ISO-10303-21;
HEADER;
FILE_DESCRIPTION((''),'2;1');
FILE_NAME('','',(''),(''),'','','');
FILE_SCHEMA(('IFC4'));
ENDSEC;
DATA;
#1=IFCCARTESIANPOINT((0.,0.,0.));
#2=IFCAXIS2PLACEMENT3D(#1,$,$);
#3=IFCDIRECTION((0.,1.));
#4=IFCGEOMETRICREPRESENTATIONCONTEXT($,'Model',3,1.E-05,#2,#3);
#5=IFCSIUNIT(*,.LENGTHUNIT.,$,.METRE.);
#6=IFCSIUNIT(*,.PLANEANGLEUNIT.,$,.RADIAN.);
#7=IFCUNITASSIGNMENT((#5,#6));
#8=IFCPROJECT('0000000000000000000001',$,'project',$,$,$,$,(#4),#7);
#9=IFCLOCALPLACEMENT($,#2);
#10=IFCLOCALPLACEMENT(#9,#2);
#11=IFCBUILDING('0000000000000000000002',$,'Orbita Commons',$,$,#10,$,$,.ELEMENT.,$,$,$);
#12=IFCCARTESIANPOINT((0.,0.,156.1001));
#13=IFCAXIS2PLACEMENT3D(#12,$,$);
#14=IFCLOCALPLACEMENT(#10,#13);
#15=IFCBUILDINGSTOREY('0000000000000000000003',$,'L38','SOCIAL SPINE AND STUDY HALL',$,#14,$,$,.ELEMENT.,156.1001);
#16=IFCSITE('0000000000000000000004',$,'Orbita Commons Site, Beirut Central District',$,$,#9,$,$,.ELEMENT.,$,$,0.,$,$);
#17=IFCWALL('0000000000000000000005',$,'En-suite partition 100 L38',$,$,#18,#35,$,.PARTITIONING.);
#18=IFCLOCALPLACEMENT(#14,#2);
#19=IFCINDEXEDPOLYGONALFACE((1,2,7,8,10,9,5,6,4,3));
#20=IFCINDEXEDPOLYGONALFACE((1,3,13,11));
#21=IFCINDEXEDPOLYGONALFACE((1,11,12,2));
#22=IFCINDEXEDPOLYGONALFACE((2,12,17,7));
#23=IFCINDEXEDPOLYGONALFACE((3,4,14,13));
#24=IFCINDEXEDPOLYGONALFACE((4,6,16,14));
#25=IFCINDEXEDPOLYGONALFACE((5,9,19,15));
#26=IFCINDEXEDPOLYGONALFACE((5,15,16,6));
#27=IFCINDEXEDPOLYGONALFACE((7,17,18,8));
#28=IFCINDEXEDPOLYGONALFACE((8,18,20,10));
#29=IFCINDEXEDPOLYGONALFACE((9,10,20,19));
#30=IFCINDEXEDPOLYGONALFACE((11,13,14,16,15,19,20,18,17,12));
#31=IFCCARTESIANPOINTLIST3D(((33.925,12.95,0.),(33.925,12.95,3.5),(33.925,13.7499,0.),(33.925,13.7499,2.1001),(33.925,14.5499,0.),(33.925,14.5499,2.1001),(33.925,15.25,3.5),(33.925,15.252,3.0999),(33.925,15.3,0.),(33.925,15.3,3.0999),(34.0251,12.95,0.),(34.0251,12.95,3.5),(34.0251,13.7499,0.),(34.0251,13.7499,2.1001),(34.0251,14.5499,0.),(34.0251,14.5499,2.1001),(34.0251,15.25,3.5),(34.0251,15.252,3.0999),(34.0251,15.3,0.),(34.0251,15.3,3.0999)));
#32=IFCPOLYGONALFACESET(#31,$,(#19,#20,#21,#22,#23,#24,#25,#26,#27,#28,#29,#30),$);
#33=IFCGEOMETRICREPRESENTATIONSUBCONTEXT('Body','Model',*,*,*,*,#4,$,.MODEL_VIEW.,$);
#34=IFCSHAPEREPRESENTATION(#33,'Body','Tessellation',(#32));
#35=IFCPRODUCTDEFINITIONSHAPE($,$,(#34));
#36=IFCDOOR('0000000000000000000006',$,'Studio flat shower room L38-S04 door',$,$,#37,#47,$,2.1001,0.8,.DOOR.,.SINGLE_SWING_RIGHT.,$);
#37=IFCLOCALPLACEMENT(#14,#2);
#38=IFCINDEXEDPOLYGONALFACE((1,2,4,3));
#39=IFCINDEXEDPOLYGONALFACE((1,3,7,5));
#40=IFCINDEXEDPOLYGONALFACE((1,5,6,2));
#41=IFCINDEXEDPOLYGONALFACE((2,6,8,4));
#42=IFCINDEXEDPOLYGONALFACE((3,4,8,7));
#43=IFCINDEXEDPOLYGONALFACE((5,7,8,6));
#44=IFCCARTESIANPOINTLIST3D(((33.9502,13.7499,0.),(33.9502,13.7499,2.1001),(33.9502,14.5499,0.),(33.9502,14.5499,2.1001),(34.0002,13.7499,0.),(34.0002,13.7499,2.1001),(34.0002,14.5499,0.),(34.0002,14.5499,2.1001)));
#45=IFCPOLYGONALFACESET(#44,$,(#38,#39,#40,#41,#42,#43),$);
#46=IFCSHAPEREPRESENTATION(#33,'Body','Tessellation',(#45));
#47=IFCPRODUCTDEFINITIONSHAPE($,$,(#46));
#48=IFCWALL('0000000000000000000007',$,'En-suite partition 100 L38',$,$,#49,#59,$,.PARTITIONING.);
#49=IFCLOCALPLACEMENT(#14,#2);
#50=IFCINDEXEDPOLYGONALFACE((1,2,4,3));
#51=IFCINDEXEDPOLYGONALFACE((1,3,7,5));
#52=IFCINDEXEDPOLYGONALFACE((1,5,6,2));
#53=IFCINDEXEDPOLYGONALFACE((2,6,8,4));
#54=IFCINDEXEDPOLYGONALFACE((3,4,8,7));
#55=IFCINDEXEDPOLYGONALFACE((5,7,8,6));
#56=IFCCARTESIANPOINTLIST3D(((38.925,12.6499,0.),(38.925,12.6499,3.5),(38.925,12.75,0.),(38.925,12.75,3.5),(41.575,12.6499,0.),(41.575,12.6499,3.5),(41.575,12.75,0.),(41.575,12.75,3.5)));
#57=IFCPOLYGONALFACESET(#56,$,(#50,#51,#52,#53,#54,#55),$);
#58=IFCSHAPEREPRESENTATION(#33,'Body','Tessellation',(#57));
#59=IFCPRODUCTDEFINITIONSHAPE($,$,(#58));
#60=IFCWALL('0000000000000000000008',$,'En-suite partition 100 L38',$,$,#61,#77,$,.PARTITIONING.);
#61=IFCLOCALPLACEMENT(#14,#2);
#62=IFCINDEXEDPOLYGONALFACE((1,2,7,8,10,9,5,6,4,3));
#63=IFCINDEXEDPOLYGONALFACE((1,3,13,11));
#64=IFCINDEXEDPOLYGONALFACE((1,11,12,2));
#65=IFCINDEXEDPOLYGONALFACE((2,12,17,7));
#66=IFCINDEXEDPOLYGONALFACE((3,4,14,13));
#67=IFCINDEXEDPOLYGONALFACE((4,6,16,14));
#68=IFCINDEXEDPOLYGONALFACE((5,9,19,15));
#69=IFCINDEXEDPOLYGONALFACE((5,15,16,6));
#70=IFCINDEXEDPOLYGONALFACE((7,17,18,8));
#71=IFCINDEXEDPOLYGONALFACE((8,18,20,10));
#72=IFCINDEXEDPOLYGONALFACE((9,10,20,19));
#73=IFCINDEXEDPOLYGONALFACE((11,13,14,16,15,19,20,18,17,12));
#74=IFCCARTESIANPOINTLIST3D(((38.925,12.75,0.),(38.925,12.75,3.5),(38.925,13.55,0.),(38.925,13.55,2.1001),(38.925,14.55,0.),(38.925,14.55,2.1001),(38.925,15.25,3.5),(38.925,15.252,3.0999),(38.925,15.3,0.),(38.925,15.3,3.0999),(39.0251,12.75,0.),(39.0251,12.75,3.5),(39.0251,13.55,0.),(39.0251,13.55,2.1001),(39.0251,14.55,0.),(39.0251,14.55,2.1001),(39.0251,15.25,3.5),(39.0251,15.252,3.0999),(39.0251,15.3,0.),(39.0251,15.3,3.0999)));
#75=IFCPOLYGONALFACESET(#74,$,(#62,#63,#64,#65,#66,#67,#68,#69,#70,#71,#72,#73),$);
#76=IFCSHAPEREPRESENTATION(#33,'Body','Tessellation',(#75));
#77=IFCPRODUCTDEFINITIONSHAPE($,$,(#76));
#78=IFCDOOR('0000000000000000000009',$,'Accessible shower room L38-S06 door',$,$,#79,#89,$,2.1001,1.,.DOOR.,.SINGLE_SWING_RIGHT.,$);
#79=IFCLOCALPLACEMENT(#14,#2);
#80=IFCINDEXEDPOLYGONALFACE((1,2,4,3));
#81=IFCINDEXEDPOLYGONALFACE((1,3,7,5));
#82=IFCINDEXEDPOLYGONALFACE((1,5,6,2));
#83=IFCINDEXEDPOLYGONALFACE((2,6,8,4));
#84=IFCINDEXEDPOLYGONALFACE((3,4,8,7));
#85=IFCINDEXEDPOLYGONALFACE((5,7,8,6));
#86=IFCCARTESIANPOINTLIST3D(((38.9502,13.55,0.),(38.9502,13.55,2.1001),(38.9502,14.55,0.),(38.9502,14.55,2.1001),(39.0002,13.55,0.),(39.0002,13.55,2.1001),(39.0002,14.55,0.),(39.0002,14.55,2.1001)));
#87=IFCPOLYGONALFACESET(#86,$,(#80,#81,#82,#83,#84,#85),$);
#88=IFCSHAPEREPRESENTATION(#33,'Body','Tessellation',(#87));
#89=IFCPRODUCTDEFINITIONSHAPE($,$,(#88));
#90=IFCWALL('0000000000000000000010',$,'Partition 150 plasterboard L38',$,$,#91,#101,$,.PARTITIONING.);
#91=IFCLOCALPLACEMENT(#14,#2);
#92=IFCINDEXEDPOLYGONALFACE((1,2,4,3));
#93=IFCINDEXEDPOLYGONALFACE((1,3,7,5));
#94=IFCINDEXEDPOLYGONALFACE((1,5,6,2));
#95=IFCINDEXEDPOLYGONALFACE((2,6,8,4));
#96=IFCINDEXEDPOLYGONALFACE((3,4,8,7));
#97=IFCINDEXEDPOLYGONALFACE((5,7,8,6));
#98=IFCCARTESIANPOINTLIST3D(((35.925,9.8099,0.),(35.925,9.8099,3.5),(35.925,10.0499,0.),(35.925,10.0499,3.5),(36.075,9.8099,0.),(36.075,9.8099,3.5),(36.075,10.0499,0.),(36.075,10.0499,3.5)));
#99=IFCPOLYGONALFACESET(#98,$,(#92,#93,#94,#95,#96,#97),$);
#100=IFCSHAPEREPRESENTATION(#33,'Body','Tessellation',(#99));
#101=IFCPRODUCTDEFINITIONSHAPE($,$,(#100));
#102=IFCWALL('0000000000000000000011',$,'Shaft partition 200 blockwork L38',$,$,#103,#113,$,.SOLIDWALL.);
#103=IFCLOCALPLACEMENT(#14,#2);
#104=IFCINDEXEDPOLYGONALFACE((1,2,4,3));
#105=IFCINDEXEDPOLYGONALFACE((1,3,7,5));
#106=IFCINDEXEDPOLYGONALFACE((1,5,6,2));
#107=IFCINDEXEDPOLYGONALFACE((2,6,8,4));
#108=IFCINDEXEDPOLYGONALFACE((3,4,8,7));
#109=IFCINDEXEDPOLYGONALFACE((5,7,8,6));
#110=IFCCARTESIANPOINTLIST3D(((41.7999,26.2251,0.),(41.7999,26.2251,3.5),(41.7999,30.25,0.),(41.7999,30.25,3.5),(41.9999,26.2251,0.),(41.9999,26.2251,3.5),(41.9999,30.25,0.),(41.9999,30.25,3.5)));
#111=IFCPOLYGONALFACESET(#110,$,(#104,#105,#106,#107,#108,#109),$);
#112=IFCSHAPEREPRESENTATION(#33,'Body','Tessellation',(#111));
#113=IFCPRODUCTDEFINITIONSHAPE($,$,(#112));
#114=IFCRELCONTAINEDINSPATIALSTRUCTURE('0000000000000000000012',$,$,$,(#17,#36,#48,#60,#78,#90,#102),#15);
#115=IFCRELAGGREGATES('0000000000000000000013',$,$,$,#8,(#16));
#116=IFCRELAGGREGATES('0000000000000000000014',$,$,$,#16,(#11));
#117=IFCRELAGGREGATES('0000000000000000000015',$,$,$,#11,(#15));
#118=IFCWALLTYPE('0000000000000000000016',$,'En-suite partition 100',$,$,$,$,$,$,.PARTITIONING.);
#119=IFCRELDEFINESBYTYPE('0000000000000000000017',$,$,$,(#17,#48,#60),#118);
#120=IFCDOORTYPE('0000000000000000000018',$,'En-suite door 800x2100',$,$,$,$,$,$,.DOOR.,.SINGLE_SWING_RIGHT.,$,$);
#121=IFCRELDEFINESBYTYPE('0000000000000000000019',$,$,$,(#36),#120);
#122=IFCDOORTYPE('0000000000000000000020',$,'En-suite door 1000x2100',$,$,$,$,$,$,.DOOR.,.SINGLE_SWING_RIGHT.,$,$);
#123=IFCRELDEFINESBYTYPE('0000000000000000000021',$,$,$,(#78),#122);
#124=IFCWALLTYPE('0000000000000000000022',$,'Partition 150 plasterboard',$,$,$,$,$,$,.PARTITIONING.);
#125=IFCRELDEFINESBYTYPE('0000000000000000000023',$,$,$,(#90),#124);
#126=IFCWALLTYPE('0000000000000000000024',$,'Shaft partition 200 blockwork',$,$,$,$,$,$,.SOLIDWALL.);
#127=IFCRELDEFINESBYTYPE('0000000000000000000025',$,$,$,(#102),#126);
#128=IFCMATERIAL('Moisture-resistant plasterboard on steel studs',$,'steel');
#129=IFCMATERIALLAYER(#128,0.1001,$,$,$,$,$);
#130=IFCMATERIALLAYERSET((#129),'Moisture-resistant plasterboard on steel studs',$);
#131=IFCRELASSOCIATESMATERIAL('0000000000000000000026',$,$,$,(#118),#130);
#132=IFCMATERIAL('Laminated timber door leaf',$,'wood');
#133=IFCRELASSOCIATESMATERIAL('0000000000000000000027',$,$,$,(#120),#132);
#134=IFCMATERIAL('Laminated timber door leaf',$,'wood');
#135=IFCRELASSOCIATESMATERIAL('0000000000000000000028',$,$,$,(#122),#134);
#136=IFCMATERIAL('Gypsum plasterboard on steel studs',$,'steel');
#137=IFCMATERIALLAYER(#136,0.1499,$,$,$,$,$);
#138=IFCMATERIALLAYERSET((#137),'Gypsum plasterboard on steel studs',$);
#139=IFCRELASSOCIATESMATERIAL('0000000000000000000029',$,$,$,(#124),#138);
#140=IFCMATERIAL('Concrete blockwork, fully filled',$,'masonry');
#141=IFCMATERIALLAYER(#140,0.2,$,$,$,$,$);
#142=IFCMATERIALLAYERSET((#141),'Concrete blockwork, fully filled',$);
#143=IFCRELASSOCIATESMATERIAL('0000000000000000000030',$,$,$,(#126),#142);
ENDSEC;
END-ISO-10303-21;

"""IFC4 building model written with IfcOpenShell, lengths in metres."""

from ifc_helpers import new_model, si_unit, direction, frame, frame_2d, origin, place, context, subcontext, project, spatial, polyline, rectangle, outline, extrude, material, layer, layer_set, type_object, element, fill, save


model = new_model("IFC4")

# Units and contexts
model_context = context("Model", 3, precision=1e-05, world=origin(), true_north=direction((0.0, 1.0)))
body_context = subcontext(model_context, "Body", "Model", "MODEL_VIEW")
ifc_project = project(units=[si_unit("LENGTHUNIT", "METRE"), si_unit("PLANEANGLEUNIT", "RADIAN")], contexts=[model_context])

# Site, building, storey
site_placement = place(None, origin())
site = spatial("IfcSite", under=ifc_project, at=site_placement, Name="Orbita Commons Site, Beirut Central District", CompositionType="ELEMENT", RefElevation=0.0)
building_placement = place(site_placement, origin())
building = spatial("IfcBuilding", under=site, at=building_placement, Name="Orbita Commons", CompositionType="ELEMENT")
storey_placement = place(building_placement, frame((0.0, 0.0, 156.1001)))
storey = spatial("IfcBuildingStorey", under=building, at=storey_placement, Name="L38", Description="SOCIAL SPINE AND STUDY HALL", CompositionType="ELEMENT", Elevation=156.1001)

# Wall, opening, door
ifc_material_1 = material(Name="Moisture-resistant plasterboard on steel studs", Category="steel")
ifc_layer_1 = layer(ifc_material_1, 0.1001)
ifc_layer_set_1 = layer_set([ifc_layer_1], Name="Moisture-resistant plasterboard on steel studs")
wall_type_1 = type_object("IfcWallType", Name="En-suite partition 100", PredefinedType="PARTITIONING", material=ifc_layer_set_1)
ifc_material_2 = material(Name="Laminated timber door leaf", Category="wood")
door_type_1 = type_object("IfcDoorType", Name="En-suite door 800x2100", OperationType="SINGLE_SWING_RIGHT", PredefinedType="DOOR", material=ifc_material_2)
wall_1_placement = place(storey_placement, frame((33.9751, 12.95, 0.0), z_axis=(0.0, 0.0, 1.0), x_axis=(0.0, 1.0, 0.0)))
wall_1 = element("IfcWall", 1, at=wall_1_placement, inside=storey, type_object=wall_type_1, Name="En-suite partition 100 L38", PredefinedType="PARTITIONING", context=body_context, shape_type="SweptSolid", body=[
    extrude(outline(polyline([(0.0, 0.0), (2.3501, 0.0), (2.3501, 3.0999), (2.302, 3.0999), (2.3, 3.5), (0.0, 3.5), (0.0, 0.0)])), frame((0.0, 0.05, 0.0), z_axis=(0.0, -1.0, 0.0), x_axis=(1.0, 0.0, 0.0)), (0.0, 0.0, 1.0), 0.1001),
])
opening_1_placement = place(wall_1_placement, frame((0.8, 0.0, 0.0)))
opening_1 = element("IfcOpeningElement", 2, at=opening_1_placement, cuts=wall_1, PredefinedType="OPENING", context=body_context, shape_type="SweptSolid", body=[
    extrude(rectangle(XDim=0.8, YDim=2.1001, at=frame_2d((0.3999, 1.05))), frame((0.0, 0.0601, 0.0), z_axis=(0.0, -1.0, 0.0), x_axis=(1.0, 0.0, 0.0)), (0.0, 0.0, 1.0), 0.1201),
])
door_1_placement = place(opening_1_placement, origin())
door_1 = element("IfcDoor", 3, at=door_1_placement, inside=storey, type_object=door_type_1, Name="Studio flat shower room L38-S04 door", OperationType="SINGLE_SWING_RIGHT", OverallHeight=2.1001, OverallWidth=0.8, PredefinedType="DOOR", context=body_context, shape_type="SweptSolid", body=[
    extrude(rectangle(XDim=0.8, YDim=2.1001, at=frame_2d((0.3999, 1.05))), frame((0.0, 0.0249, 0.0), z_axis=(0.0, -1.0, 0.0), x_axis=(1.0, 0.0, 0.0)), (0.0, 0.0, 1.0), 0.05),
])
fill(opening_1, door_1)

# Wall
wall_2_placement = place(storey_placement, frame((38.925, 12.7, 0.0), z_axis=(0.0, 0.0, 1.0), x_axis=(1.0, 0.0, 0.0)))
element("IfcWall", 4, at=wall_2_placement, inside=storey, type_object=wall_type_1, Name="En-suite partition 100 L38", PredefinedType="PARTITIONING", context=body_context, shape_type="SweptSolid", body=[
    extrude(rectangle(XDim=2.6499, YDim=0.1001, at=frame_2d((1.325, 0.0))), origin(), (0.0, 0.0, 1.0), 3.5),
])

# Wall, opening, door
wall_3_placement = place(storey_placement, frame((38.9751, 12.75, 0.0), z_axis=(0.0, 0.0, 1.0), x_axis=(0.0, 1.0, 0.0)))
wall_3 = element("IfcWall", 5, at=wall_3_placement, inside=storey, type_object=wall_type_1, Name="En-suite partition 100 L38", PredefinedType="PARTITIONING", context=body_context, shape_type="SweptSolid", body=[
    extrude(outline(polyline([(0.0, 0.0), (2.55, 0.0), (2.55, 3.0999), (2.502, 3.0999), (2.5, 3.5), (0.0, 3.5), (0.0, 0.0)])), frame((0.0, 0.05, 0.0), z_axis=(0.0, -1.0, 0.0), x_axis=(1.0, 0.0, 0.0)), (0.0, 0.0, 1.0), 0.1001),
])
opening_2_placement = place(wall_3_placement, frame((0.8, 0.0, 0.0)))
opening_2 = element("IfcOpeningElement", 6, at=opening_2_placement, cuts=wall_3, PredefinedType="OPENING", context=body_context, shape_type="SweptSolid", body=[
    extrude(rectangle(XDim=1.0, YDim=2.1001, at=frame_2d((0.5, 1.05))), frame((0.0, 0.0601, 0.0), z_axis=(0.0, -1.0, 0.0), x_axis=(1.0, 0.0, 0.0)), (0.0, 0.0, 1.0), 0.1201),
])
ifc_material_3 = material(Name="Laminated timber door leaf", Category="wood")
door_type_2 = type_object("IfcDoorType", Name="En-suite door 1000x2100", OperationType="SINGLE_SWING_RIGHT", PredefinedType="DOOR", material=ifc_material_3)
door_2_placement = place(opening_2_placement, origin())
door_2 = element("IfcDoor", 7, at=door_2_placement, inside=storey, type_object=door_type_2, Name="Accessible shower room L38-S06 door", OperationType="SINGLE_SWING_RIGHT", OverallHeight=2.1001, OverallWidth=1.0, PredefinedType="DOOR", context=body_context, shape_type="SweptSolid", body=[
    extrude(rectangle(XDim=1.0, YDim=2.1001, at=frame_2d((0.5, 1.05))), frame((0.0, 0.0249, 0.0), z_axis=(0.0, -1.0, 0.0), x_axis=(1.0, 0.0, 0.0)), (0.0, 0.0, 1.0), 0.05),
])
fill(opening_2, door_2)

# Walls
ifc_material_4 = material(Name="Gypsum plasterboard on steel studs", Category="steel")
ifc_layer_2 = layer(ifc_material_4, 0.1499)
ifc_layer_set_2 = layer_set([ifc_layer_2], Name="Gypsum plasterboard on steel studs")
wall_type_2 = type_object("IfcWallType", Name="Partition 150 plasterboard", PredefinedType="PARTITIONING", material=ifc_layer_set_2)
wall_4_placement = place(storey_placement, frame((36.0, 10.05, 0.0), z_axis=(0.0, 0.0, 1.0), x_axis=(0.0, -1.0, 0.0)))
element("IfcWall", 8, at=wall_4_placement, inside=storey, type_object=wall_type_2, Name="Partition 150 plasterboard L38", PredefinedType="PARTITIONING", context=body_context, shape_type="SweptSolid", body=[
    extrude(rectangle(XDim=0.24, YDim=0.1499, at=frame_2d((0.1201, 0.0))), origin(), (0.0, 0.0, 1.0), 3.5),
])
ifc_material_5 = material(Name="Concrete blockwork, fully filled", Category="masonry")
ifc_layer_3 = layer(ifc_material_5, 0.2)
ifc_layer_set_3 = layer_set([ifc_layer_3], Name="Concrete blockwork, fully filled")
wall_type_3 = type_object("IfcWallType", Name="Shaft partition 200 blockwork", PredefinedType="SOLIDWALL", material=ifc_layer_set_3)
wall_5_placement = place(storey_placement, frame((41.8999, 26.2251, 0.0), z_axis=(0.0, 0.0, 1.0), x_axis=(0.0, 1.0, 0.0)))
element("IfcWall", 9, at=wall_5_placement, inside=storey, type_object=wall_type_3, Name="Shaft partition 200 blockwork L38", PredefinedType="SOLIDWALL", context=body_context, shape_type="SweptSolid", body=[
    extrude(rectangle(XDim=4.0249, YDim=0.2, at=frame_2d((2.0125, 0.0))), origin(), (0.0, 0.0, 1.0), 3.5),
])

save(model, "model.ifc")
